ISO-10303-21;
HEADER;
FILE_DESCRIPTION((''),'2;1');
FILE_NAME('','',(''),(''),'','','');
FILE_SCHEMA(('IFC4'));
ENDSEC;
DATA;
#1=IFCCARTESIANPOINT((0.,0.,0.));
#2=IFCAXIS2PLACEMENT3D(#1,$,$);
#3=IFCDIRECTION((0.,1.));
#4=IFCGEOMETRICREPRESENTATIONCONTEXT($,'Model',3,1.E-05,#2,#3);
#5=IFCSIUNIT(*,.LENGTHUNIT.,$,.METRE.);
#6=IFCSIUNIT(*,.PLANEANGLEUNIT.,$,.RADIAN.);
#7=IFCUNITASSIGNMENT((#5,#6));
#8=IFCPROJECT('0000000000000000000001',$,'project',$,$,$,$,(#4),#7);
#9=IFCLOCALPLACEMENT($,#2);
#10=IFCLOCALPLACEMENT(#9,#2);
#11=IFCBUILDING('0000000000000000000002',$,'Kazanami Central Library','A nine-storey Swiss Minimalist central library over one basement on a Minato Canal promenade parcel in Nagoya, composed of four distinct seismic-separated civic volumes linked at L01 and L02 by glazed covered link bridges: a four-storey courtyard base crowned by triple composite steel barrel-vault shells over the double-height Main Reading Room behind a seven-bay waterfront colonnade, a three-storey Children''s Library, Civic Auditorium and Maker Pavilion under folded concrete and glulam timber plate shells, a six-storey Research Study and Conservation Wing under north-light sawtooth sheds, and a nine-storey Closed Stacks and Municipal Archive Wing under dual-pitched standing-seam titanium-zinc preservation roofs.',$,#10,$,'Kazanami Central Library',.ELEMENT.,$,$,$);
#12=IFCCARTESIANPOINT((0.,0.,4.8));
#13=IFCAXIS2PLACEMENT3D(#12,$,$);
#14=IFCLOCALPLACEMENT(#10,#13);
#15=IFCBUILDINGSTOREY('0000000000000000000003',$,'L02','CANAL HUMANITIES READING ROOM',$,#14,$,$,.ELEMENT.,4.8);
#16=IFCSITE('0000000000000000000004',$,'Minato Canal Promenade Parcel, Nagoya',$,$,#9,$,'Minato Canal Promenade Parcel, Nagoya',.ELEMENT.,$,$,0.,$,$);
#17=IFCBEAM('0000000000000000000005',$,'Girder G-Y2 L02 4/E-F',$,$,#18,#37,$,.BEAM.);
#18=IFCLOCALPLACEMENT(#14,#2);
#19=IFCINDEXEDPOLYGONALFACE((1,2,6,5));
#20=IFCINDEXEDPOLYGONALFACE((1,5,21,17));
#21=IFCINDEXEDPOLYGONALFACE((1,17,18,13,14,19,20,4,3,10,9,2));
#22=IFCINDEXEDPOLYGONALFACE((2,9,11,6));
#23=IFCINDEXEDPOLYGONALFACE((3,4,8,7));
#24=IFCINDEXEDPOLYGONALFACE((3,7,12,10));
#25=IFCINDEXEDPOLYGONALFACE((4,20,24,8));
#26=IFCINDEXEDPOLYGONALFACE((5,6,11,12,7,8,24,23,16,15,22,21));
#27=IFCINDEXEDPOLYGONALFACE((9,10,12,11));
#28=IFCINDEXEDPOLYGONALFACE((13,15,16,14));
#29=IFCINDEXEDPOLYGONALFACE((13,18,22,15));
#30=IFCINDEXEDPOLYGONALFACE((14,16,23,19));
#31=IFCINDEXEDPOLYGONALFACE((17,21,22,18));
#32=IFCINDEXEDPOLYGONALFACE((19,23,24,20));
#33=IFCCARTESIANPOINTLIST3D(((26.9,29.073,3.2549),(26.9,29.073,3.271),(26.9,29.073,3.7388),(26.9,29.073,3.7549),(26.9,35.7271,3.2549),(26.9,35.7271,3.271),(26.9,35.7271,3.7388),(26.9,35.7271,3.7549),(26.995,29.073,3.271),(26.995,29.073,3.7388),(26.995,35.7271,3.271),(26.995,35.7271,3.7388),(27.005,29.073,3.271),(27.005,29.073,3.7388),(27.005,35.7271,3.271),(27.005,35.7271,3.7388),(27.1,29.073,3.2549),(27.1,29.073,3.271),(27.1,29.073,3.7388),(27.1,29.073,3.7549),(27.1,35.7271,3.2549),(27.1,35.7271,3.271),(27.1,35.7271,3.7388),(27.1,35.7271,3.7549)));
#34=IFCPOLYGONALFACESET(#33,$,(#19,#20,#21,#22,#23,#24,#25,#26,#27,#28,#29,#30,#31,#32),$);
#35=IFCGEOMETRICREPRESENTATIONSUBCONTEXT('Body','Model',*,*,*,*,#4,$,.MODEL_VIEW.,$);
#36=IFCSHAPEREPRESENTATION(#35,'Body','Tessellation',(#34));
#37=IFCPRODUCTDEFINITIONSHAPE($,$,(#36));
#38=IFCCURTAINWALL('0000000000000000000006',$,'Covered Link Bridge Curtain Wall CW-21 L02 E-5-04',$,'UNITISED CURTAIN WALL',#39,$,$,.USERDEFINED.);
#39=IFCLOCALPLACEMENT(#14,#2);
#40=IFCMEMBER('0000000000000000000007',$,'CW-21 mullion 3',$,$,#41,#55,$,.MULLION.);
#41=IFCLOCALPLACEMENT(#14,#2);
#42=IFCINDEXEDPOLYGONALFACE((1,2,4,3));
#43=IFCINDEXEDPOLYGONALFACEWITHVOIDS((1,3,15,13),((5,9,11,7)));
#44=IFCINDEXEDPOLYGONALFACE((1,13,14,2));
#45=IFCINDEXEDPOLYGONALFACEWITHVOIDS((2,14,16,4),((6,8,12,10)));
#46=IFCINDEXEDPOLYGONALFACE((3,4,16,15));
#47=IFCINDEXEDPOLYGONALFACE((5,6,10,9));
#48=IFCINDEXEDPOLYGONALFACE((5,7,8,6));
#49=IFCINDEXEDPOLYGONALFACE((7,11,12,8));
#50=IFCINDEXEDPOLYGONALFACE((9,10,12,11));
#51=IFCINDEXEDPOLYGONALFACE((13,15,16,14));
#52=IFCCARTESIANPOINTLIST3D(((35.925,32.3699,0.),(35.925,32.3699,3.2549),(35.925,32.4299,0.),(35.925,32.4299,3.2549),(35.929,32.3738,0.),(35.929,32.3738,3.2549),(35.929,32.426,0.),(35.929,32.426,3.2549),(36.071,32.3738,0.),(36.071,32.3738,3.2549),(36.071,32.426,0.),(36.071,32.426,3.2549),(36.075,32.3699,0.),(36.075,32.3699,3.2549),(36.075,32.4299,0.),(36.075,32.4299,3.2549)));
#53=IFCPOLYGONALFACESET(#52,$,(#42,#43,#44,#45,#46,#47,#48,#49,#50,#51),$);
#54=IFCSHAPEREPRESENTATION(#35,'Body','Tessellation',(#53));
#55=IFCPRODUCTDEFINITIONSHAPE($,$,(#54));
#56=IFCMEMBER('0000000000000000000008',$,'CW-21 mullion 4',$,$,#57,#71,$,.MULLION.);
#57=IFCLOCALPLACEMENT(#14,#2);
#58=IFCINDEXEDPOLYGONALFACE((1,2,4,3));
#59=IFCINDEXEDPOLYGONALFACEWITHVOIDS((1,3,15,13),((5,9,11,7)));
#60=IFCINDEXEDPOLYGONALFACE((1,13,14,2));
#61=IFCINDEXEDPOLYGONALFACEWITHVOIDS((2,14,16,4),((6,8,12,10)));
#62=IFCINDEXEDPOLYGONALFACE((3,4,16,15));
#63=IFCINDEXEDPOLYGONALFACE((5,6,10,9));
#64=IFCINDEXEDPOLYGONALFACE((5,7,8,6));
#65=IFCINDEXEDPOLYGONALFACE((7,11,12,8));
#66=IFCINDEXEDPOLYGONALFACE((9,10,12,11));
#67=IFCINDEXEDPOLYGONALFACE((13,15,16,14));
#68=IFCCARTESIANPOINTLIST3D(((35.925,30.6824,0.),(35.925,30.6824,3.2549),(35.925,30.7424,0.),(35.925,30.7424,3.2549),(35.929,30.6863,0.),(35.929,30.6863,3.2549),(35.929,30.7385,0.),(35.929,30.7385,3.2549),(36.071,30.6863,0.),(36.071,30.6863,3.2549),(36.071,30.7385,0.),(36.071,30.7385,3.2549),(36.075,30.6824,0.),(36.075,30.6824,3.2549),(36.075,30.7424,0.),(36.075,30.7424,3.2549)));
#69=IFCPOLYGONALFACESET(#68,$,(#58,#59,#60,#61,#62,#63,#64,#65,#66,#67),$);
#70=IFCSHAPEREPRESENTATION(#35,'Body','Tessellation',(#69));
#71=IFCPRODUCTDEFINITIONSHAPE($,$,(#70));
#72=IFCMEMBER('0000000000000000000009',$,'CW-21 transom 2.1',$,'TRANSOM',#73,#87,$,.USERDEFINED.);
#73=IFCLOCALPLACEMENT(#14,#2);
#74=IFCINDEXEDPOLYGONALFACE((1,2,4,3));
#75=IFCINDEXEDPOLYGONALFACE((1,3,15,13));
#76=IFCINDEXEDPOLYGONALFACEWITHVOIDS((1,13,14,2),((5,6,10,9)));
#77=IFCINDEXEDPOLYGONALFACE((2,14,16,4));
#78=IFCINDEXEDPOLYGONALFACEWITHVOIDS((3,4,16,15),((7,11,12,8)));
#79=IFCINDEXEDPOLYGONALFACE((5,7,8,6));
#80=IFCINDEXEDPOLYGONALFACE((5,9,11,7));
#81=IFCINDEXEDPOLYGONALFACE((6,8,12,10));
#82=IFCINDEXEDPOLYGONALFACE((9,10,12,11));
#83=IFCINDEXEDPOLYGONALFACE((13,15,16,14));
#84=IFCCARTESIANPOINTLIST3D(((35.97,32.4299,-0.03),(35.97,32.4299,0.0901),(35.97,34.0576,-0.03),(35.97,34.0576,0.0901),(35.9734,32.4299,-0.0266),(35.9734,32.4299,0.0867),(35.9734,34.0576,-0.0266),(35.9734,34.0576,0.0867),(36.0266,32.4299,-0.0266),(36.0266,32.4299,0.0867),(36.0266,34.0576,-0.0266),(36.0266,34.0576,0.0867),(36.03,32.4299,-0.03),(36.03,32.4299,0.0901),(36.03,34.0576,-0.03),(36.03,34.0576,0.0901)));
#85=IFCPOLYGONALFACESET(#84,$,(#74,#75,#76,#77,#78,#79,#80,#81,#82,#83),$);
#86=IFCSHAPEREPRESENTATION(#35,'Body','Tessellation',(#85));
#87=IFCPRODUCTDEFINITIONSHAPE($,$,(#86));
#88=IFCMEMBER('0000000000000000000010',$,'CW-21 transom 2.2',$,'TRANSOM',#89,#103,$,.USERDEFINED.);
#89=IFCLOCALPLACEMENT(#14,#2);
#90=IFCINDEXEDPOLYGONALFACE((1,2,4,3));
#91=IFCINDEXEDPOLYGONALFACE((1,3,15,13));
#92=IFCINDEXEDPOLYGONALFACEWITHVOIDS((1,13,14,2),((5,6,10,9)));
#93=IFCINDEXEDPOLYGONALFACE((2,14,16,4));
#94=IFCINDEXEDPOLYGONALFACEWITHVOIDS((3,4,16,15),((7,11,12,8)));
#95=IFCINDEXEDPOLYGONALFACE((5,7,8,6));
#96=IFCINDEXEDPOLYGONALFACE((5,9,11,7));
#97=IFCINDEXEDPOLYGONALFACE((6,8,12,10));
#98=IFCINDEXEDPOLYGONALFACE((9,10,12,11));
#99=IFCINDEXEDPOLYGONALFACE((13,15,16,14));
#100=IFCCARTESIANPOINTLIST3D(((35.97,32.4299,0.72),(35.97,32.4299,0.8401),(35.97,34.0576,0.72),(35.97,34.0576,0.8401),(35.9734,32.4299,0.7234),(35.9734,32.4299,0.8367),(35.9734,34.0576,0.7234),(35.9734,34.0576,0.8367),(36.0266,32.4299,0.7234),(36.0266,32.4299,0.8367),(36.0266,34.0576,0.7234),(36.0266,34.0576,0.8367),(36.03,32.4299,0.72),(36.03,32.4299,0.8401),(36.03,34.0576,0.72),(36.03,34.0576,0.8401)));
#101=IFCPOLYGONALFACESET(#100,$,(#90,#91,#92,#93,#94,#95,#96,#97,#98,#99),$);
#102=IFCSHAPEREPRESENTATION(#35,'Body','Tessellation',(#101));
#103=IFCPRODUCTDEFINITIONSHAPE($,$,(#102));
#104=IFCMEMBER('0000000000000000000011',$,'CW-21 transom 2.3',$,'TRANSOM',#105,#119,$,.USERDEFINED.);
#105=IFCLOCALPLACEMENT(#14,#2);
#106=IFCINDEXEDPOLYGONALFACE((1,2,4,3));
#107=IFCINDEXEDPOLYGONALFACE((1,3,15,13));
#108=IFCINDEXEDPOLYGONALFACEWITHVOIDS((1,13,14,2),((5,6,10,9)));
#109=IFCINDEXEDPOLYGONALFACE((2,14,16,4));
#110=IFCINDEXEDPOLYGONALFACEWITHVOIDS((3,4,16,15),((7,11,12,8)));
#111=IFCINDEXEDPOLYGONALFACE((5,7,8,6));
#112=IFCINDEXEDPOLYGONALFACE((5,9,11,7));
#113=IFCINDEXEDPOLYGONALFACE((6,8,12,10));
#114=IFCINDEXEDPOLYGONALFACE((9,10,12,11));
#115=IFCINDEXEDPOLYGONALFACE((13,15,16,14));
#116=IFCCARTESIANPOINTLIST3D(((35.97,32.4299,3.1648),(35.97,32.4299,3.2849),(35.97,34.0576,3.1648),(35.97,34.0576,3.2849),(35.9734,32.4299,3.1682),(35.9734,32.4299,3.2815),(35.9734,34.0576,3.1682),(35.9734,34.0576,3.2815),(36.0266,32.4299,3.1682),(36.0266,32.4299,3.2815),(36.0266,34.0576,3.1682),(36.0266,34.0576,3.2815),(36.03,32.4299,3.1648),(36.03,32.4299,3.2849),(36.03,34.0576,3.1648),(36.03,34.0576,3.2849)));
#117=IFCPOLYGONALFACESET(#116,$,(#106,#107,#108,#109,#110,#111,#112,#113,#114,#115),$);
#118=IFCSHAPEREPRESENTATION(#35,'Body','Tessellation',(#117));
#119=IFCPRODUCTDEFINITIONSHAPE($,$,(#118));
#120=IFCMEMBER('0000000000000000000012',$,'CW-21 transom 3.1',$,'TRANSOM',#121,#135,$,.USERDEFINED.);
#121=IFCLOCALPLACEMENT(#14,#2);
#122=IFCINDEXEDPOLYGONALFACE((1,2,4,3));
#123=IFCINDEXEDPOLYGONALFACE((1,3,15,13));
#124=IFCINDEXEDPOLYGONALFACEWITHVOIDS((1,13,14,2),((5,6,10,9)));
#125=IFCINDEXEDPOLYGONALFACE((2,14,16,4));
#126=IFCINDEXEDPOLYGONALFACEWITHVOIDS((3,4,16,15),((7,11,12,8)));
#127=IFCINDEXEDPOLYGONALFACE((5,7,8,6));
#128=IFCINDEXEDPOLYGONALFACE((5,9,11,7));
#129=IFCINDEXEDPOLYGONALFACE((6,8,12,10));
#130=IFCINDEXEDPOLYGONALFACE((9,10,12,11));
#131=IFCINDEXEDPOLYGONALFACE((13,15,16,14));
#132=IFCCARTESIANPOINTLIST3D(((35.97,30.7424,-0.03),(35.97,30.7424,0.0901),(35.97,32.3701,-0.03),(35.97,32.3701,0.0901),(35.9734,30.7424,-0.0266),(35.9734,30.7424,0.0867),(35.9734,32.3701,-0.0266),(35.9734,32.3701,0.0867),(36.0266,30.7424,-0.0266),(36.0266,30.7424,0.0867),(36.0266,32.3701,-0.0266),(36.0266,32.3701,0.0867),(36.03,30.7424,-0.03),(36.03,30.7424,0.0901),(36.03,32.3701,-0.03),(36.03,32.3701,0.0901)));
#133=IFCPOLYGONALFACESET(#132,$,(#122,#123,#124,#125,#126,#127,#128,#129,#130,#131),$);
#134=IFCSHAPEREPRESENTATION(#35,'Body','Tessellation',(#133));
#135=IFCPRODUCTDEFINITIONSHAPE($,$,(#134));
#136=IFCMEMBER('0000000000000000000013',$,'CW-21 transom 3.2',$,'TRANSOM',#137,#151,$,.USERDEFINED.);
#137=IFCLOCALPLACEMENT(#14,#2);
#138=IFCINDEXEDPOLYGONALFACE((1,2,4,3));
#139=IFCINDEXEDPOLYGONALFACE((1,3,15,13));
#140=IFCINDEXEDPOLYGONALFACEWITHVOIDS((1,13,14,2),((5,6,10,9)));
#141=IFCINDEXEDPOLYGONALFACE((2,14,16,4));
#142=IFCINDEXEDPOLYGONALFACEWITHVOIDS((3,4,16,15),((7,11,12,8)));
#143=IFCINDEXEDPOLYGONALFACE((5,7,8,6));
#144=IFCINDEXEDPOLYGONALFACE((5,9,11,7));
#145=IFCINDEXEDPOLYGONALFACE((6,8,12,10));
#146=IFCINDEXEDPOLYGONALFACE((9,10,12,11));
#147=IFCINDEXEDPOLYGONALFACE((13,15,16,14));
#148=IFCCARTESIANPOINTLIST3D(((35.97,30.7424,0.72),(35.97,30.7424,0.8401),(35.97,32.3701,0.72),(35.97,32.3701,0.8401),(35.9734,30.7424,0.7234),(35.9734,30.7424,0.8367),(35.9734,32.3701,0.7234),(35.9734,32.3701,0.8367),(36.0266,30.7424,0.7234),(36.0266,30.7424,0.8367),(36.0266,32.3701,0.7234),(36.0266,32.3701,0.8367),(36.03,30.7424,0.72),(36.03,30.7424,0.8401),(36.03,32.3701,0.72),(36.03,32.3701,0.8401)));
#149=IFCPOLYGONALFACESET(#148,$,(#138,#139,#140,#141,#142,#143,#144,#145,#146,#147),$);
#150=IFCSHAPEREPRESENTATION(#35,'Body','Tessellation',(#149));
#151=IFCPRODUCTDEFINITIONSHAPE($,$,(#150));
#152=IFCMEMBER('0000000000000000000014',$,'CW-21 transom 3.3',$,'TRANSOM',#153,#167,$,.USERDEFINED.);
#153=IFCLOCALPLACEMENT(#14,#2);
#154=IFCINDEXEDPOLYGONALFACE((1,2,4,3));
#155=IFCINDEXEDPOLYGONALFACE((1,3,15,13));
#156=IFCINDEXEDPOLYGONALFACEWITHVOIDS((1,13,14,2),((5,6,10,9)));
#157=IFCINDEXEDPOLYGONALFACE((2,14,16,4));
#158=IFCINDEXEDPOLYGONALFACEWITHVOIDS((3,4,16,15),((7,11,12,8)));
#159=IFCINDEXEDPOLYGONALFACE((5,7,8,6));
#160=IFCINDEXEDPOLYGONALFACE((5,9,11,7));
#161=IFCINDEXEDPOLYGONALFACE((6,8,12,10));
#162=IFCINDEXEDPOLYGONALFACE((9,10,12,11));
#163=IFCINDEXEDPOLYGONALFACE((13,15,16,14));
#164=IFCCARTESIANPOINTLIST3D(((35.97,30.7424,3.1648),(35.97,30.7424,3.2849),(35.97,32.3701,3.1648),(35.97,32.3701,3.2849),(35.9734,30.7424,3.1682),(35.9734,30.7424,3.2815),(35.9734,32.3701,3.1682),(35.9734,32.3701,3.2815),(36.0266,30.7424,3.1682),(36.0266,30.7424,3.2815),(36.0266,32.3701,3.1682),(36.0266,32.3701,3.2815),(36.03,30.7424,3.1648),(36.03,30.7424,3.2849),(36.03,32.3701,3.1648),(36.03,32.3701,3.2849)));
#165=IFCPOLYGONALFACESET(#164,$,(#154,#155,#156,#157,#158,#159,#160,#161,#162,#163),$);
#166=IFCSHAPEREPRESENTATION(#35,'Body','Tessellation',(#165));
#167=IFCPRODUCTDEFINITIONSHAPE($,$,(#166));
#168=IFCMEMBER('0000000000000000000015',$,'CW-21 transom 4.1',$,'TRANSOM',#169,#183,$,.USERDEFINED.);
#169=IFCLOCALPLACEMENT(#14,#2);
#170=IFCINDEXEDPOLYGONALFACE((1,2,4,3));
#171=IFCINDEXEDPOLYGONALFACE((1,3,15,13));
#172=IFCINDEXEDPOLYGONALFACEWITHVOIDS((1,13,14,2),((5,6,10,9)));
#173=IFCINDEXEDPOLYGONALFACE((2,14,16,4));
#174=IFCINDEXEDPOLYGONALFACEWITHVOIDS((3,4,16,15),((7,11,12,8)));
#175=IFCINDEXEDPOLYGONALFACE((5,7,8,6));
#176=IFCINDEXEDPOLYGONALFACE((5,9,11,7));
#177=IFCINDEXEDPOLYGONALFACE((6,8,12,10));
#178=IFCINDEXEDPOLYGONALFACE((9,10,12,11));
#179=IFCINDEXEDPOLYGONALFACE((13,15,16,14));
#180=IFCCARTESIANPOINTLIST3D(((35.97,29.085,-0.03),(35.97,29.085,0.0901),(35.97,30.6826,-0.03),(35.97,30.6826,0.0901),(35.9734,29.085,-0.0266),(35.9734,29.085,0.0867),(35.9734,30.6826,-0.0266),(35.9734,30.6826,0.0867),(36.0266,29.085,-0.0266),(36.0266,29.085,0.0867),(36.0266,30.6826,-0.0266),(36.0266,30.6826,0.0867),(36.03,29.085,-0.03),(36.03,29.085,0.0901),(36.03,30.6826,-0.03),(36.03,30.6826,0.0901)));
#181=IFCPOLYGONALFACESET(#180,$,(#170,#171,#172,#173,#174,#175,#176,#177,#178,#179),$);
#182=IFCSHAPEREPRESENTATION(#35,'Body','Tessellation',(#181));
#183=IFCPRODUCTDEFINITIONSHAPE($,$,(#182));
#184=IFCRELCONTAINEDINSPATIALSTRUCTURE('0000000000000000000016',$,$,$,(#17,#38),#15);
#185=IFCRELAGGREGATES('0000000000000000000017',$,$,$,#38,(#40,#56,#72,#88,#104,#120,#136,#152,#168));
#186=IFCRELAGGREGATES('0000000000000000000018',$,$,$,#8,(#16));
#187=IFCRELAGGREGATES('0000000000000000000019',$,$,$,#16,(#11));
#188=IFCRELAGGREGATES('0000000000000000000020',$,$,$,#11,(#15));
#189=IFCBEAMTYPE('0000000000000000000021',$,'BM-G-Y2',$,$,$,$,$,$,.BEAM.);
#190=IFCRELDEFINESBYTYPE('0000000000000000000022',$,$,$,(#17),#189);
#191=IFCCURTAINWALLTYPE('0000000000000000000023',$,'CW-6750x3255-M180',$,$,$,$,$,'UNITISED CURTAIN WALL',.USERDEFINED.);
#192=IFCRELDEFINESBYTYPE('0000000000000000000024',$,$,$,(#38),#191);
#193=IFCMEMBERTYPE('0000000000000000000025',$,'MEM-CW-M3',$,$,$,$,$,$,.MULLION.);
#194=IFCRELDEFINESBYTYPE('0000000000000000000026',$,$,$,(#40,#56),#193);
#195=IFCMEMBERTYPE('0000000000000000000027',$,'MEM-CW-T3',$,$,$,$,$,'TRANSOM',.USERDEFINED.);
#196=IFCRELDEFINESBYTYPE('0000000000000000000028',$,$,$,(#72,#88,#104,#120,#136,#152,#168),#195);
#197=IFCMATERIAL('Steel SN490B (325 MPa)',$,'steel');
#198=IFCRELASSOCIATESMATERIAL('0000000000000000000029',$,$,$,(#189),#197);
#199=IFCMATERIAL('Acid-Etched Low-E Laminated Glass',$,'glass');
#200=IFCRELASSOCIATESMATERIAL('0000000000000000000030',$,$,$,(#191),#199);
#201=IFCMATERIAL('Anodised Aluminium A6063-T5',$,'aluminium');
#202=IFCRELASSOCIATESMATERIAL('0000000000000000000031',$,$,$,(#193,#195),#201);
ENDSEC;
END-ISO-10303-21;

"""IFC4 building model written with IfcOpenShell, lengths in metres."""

from ifc_helpers import new_model, si_unit, direction, frame, origin, origin_2d, place, context, subcontext, project, spatial, hollow_rectangle, i_section, extrude, material, material_profile, profile_set, type_object, element, aggregate, save


model = new_model("IFC4")

# Units and contexts
model_context = context("Model", 3, precision=1e-05, world=origin(), true_north=direction((0.0, 1.0)))
body_context = subcontext(model_context, "Body", "Model", "MODEL_VIEW")
ifc_project = project(units=[si_unit("LENGTHUNIT", "METRE"), si_unit("PLANEANGLEUNIT", "RADIAN")], contexts=[model_context])

# Site, building, storey
site_placement = place(None, origin())
site = spatial("IfcSite", under=ifc_project, at=site_placement, Name="Minato Canal Promenade Parcel, Nagoya", LongName="Minato Canal Promenade Parcel, Nagoya", CompositionType="ELEMENT", RefElevation=0.0)
building_placement = place(site_placement, origin())
building = spatial("IfcBuilding", under=site, at=building_placement, Name="Kazanami Central Library", Description="A nine-storey Swiss Minimalist central library over one basement on a Minato Canal promenade parcel in Nagoya, composed of four distinct seismic-separated civic volumes linked at L01 and L02 by glazed covered link bridges: a four-storey courtyard base crowned by triple composite steel barrel-vault shells over the double-height Main Reading Room behind a seven-bay waterfront colonnade, a three-storey Children's Library, Civic Auditorium and Maker Pavilion under folded concrete and glulam timber plate shells, a six-storey Research Study and Conservation Wing under north-light sawtooth sheds, and a nine-storey Closed Stacks and Municipal Archive Wing under dual-pitched standing-seam titanium-zinc preservation roofs.", LongName="Kazanami Central Library", CompositionType="ELEMENT")
storey_placement = place(building_placement, frame((0.0, 0.0, 4.8)))
storey = spatial("IfcBuildingStorey", under=building, at=storey_placement, Name="L02", Description="CANAL HUMANITIES READING ROOM", CompositionType="ELEMENT", Elevation=4.8)

# Beam
ifc_material_1 = material(Name="Steel SN490B (325 MPa)", Category="steel")
ifc_material_profile_1 = material_profile(ifc_material_1, i_section(OverallWidth=0.2, OverallDepth=0.5, WebThickness=0.01, FlangeThickness=0.0161, at=origin_2d()), Name="H-500x200x10x16")
ifc_profile_set_1 = profile_set([ifc_material_profile_1], Name="Steel SN490B (325 MPa)")
beam_type = type_object("IfcBeamType", Name="BM-G-Y2", PredefinedType="BEAM", material=ifc_profile_set_1)
beam_placement = place(storey_placement, frame((27.0, 29.073, 3.5049), z_axis=(0.0, 1.0, 0.0), x_axis=(-1.0, 0.0, 0.0)))
element("IfcBeam", 1, at=beam_placement, inside=storey, type_object=beam_type, Name="Girder G-Y2 L02 4/E-F", PredefinedType="BEAM", context=body_context, shape_type="SweptSolid", body=[
    extrude(i_section(OverallWidth=0.2, OverallDepth=0.5, WebThickness=0.01, FlangeThickness=0.0161, at=origin_2d()), origin(), (0.0, 0.0, 1.0), 6.6541),
])

# Curtain wall, members
ifc_material_2 = material(Name="Acid-Etched Low-E Laminated Glass", Category="glass")
curtain_wall_type = type_object("IfcCurtainWallType", Name="CW-6750x3255-M180", ElementType="UNITISED CURTAIN WALL", PredefinedType="USERDEFINED", material=ifc_material_2)
curtain_wall_placement = place(storey_placement, origin())
curtain_wall = element("IfcCurtainWall", 2, at=curtain_wall_placement, inside=storey, type_object=curtain_wall_type, Name="Covered Link Bridge Curtain Wall CW-21 L02 E-5-04", ObjectType="UNITISED CURTAIN WALL", PredefinedType="USERDEFINED")
ifc_material_3 = material(Name="Anodised Aluminium A6063-T5", Category="aluminium")
ifc_material_profile_2 = material_profile(ifc_material_3, hollow_rectangle(XDim=0.0601, YDim=0.1499, WallThickness=0.0039, at=origin_2d()), Name="ALU-MULL-60x150x4")
ifc_profile_set_2 = profile_set([ifc_material_profile_2], Name="Anodised Aluminium A6063-T5")
member_type_1 = type_object("IfcMemberType", Name="MEM-CW-M3", PredefinedType="MULLION", material=ifc_profile_set_2)
member_1_placement = place(storey_placement, frame((36.0, 32.3999, 0.0), z_axis=(0.0, 0.0, 1.0), x_axis=(0.0, -1.0, 0.0)))
member_1 = element("IfcMember", 3, at=member_1_placement, type_object=member_type_1, Name="CW-21 mullion 3", PredefinedType="MULLION", context=body_context, shape_type="SweptSolid", body=[
    extrude(hollow_rectangle(XDim=0.0601, YDim=0.1499, WallThickness=0.0039, at=origin_2d()), origin(), (0.0, 0.0, 1.0), 3.2549),
])
member_2_placement = place(storey_placement, frame((36.0, 30.7124, 0.0), z_axis=(0.0, 0.0, 1.0), x_axis=(0.0, -1.0, 0.0)))
member_2 = element("IfcMember", 4, at=member_2_placement, type_object=member_type_1, Name="CW-21 mullion 4", PredefinedType="MULLION", context=body_context, shape_type="SweptSolid", body=[
    extrude(hollow_rectangle(XDim=0.0601, YDim=0.1499, WallThickness=0.0039, at=origin_2d()), origin(), (0.0, 0.0, 1.0), 3.2549),
])
ifc_material_profile_3 = material_profile(ifc_material_3, hollow_rectangle(XDim=0.0601, YDim=0.1201, WallThickness=0.0034, at=origin_2d()), Name="ALU-TRAN-60x120x3.5")
ifc_profile_set_3 = profile_set([ifc_material_profile_3], Name="Anodised Aluminium A6063-T5")
member_type_2 = type_object("IfcMemberType", Name="MEM-CW-T3", ElementType="TRANSOM", PredefinedType="USERDEFINED", material=ifc_profile_set_3)
member_3_placement = place(storey_placement, frame((36.0, 34.0576, 0.03), z_axis=(0.0, -1.0, 0.0), x_axis=(1.0, 0.0, 0.0)))
member_3 = element("IfcMember", 5, at=member_3_placement, type_object=member_type_2, Name="CW-21 transom 2.1", ObjectType="TRANSOM", PredefinedType="USERDEFINED", context=body_context, shape_type="SweptSolid", body=[
    extrude(hollow_rectangle(XDim=0.0601, YDim=0.1201, WallThickness=0.0034, at=origin_2d()), origin(), (0.0, 0.0, 1.0), 1.6277),
])
member_4_placement = place(storey_placement, frame((36.0, 34.0576, 0.78), z_axis=(0.0, -1.0, 0.0), x_axis=(1.0, 0.0, 0.0)))
member_4 = element("IfcMember", 6, at=member_4_placement, type_object=member_type_2, Name="CW-21 transom 2.2", ObjectType="TRANSOM", PredefinedType="USERDEFINED", context=body_context, shape_type="SweptSolid", body=[
    extrude(hollow_rectangle(XDim=0.0601, YDim=0.1201, WallThickness=0.0034, at=origin_2d()), origin(), (0.0, 0.0, 1.0), 1.6277),
])
member_5_placement = place(storey_placement, frame((36.0, 34.0576, 3.2249), z_axis=(0.0, -1.0, 0.0), x_axis=(1.0, 0.0, 0.0)))
member_5 = element("IfcMember", 7, at=member_5_placement, type_object=member_type_2, Name="CW-21 transom 2.3", ObjectType="TRANSOM", PredefinedType="USERDEFINED", context=body_context, shape_type="SweptSolid", body=[
    extrude(hollow_rectangle(XDim=0.0601, YDim=0.1201, WallThickness=0.0034, at=origin_2d()), origin(), (0.0, 0.0, 1.0), 1.6277),
])
member_6_placement = place(storey_placement, frame((36.0, 32.3701, 0.03), z_axis=(0.0, -1.0, 0.0), x_axis=(1.0, 0.0, 0.0)))
member_6 = element("IfcMember", 8, at=member_6_placement, type_object=member_type_2, Name="CW-21 transom 3.1", ObjectType="TRANSOM", PredefinedType="USERDEFINED", context=body_context, shape_type="SweptSolid", body=[
    extrude(hollow_rectangle(XDim=0.0601, YDim=0.1201, WallThickness=0.0034, at=origin_2d()), origin(), (0.0, 0.0, 1.0), 1.6277),
])
member_7_placement = place(storey_placement, frame((36.0, 32.3701, 0.78), z_axis=(0.0, -1.0, 0.0), x_axis=(1.0, 0.0, 0.0)))
member_7 = element("IfcMember", 9, at=member_7_placement, type_object=member_type_2, Name="CW-21 transom 3.2", ObjectType="TRANSOM", PredefinedType="USERDEFINED", context=body_context, shape_type="SweptSolid", body=[
    extrude(hollow_rectangle(XDim=0.0601, YDim=0.1201, WallThickness=0.0034, at=origin_2d()), origin(), (0.0, 0.0, 1.0), 1.6277),
])
member_8_placement = place(storey_placement, frame((36.0, 32.3701, 3.2249), z_axis=(0.0, -1.0, 0.0), x_axis=(1.0, 0.0, 0.0)))
member_8 = element("IfcMember", 10, at=member_8_placement, type_object=member_type_2, Name="CW-21 transom 3.3", ObjectType="TRANSOM", PredefinedType="USERDEFINED", context=body_context, shape_type="SweptSolid", body=[
    extrude(hollow_rectangle(XDim=0.0601, YDim=0.1201, WallThickness=0.0034, at=origin_2d()), origin(), (0.0, 0.0, 1.0), 1.6277),
])
member_9_placement = place(storey_placement, frame((36.0, 30.6826, 0.03), z_axis=(0.0, -1.0, 0.0), x_axis=(1.0, 0.0, 0.0)))
member_9 = element("IfcMember", 11, at=member_9_placement, type_object=member_type_2, Name="CW-21 transom 4.1", ObjectType="TRANSOM", PredefinedType="USERDEFINED", context=body_context, shape_type="SweptSolid", body=[
    extrude(hollow_rectangle(XDim=0.0601, YDim=0.1201, WallThickness=0.0034, at=origin_2d()), origin(), (0.0, 0.0, 1.0), 1.5977),
])
aggregate(curtain_wall, [member_1, member_2, member_3, member_4, member_5, member_6, member_7, member_8, member_9])

save(model, "model.ifc")
